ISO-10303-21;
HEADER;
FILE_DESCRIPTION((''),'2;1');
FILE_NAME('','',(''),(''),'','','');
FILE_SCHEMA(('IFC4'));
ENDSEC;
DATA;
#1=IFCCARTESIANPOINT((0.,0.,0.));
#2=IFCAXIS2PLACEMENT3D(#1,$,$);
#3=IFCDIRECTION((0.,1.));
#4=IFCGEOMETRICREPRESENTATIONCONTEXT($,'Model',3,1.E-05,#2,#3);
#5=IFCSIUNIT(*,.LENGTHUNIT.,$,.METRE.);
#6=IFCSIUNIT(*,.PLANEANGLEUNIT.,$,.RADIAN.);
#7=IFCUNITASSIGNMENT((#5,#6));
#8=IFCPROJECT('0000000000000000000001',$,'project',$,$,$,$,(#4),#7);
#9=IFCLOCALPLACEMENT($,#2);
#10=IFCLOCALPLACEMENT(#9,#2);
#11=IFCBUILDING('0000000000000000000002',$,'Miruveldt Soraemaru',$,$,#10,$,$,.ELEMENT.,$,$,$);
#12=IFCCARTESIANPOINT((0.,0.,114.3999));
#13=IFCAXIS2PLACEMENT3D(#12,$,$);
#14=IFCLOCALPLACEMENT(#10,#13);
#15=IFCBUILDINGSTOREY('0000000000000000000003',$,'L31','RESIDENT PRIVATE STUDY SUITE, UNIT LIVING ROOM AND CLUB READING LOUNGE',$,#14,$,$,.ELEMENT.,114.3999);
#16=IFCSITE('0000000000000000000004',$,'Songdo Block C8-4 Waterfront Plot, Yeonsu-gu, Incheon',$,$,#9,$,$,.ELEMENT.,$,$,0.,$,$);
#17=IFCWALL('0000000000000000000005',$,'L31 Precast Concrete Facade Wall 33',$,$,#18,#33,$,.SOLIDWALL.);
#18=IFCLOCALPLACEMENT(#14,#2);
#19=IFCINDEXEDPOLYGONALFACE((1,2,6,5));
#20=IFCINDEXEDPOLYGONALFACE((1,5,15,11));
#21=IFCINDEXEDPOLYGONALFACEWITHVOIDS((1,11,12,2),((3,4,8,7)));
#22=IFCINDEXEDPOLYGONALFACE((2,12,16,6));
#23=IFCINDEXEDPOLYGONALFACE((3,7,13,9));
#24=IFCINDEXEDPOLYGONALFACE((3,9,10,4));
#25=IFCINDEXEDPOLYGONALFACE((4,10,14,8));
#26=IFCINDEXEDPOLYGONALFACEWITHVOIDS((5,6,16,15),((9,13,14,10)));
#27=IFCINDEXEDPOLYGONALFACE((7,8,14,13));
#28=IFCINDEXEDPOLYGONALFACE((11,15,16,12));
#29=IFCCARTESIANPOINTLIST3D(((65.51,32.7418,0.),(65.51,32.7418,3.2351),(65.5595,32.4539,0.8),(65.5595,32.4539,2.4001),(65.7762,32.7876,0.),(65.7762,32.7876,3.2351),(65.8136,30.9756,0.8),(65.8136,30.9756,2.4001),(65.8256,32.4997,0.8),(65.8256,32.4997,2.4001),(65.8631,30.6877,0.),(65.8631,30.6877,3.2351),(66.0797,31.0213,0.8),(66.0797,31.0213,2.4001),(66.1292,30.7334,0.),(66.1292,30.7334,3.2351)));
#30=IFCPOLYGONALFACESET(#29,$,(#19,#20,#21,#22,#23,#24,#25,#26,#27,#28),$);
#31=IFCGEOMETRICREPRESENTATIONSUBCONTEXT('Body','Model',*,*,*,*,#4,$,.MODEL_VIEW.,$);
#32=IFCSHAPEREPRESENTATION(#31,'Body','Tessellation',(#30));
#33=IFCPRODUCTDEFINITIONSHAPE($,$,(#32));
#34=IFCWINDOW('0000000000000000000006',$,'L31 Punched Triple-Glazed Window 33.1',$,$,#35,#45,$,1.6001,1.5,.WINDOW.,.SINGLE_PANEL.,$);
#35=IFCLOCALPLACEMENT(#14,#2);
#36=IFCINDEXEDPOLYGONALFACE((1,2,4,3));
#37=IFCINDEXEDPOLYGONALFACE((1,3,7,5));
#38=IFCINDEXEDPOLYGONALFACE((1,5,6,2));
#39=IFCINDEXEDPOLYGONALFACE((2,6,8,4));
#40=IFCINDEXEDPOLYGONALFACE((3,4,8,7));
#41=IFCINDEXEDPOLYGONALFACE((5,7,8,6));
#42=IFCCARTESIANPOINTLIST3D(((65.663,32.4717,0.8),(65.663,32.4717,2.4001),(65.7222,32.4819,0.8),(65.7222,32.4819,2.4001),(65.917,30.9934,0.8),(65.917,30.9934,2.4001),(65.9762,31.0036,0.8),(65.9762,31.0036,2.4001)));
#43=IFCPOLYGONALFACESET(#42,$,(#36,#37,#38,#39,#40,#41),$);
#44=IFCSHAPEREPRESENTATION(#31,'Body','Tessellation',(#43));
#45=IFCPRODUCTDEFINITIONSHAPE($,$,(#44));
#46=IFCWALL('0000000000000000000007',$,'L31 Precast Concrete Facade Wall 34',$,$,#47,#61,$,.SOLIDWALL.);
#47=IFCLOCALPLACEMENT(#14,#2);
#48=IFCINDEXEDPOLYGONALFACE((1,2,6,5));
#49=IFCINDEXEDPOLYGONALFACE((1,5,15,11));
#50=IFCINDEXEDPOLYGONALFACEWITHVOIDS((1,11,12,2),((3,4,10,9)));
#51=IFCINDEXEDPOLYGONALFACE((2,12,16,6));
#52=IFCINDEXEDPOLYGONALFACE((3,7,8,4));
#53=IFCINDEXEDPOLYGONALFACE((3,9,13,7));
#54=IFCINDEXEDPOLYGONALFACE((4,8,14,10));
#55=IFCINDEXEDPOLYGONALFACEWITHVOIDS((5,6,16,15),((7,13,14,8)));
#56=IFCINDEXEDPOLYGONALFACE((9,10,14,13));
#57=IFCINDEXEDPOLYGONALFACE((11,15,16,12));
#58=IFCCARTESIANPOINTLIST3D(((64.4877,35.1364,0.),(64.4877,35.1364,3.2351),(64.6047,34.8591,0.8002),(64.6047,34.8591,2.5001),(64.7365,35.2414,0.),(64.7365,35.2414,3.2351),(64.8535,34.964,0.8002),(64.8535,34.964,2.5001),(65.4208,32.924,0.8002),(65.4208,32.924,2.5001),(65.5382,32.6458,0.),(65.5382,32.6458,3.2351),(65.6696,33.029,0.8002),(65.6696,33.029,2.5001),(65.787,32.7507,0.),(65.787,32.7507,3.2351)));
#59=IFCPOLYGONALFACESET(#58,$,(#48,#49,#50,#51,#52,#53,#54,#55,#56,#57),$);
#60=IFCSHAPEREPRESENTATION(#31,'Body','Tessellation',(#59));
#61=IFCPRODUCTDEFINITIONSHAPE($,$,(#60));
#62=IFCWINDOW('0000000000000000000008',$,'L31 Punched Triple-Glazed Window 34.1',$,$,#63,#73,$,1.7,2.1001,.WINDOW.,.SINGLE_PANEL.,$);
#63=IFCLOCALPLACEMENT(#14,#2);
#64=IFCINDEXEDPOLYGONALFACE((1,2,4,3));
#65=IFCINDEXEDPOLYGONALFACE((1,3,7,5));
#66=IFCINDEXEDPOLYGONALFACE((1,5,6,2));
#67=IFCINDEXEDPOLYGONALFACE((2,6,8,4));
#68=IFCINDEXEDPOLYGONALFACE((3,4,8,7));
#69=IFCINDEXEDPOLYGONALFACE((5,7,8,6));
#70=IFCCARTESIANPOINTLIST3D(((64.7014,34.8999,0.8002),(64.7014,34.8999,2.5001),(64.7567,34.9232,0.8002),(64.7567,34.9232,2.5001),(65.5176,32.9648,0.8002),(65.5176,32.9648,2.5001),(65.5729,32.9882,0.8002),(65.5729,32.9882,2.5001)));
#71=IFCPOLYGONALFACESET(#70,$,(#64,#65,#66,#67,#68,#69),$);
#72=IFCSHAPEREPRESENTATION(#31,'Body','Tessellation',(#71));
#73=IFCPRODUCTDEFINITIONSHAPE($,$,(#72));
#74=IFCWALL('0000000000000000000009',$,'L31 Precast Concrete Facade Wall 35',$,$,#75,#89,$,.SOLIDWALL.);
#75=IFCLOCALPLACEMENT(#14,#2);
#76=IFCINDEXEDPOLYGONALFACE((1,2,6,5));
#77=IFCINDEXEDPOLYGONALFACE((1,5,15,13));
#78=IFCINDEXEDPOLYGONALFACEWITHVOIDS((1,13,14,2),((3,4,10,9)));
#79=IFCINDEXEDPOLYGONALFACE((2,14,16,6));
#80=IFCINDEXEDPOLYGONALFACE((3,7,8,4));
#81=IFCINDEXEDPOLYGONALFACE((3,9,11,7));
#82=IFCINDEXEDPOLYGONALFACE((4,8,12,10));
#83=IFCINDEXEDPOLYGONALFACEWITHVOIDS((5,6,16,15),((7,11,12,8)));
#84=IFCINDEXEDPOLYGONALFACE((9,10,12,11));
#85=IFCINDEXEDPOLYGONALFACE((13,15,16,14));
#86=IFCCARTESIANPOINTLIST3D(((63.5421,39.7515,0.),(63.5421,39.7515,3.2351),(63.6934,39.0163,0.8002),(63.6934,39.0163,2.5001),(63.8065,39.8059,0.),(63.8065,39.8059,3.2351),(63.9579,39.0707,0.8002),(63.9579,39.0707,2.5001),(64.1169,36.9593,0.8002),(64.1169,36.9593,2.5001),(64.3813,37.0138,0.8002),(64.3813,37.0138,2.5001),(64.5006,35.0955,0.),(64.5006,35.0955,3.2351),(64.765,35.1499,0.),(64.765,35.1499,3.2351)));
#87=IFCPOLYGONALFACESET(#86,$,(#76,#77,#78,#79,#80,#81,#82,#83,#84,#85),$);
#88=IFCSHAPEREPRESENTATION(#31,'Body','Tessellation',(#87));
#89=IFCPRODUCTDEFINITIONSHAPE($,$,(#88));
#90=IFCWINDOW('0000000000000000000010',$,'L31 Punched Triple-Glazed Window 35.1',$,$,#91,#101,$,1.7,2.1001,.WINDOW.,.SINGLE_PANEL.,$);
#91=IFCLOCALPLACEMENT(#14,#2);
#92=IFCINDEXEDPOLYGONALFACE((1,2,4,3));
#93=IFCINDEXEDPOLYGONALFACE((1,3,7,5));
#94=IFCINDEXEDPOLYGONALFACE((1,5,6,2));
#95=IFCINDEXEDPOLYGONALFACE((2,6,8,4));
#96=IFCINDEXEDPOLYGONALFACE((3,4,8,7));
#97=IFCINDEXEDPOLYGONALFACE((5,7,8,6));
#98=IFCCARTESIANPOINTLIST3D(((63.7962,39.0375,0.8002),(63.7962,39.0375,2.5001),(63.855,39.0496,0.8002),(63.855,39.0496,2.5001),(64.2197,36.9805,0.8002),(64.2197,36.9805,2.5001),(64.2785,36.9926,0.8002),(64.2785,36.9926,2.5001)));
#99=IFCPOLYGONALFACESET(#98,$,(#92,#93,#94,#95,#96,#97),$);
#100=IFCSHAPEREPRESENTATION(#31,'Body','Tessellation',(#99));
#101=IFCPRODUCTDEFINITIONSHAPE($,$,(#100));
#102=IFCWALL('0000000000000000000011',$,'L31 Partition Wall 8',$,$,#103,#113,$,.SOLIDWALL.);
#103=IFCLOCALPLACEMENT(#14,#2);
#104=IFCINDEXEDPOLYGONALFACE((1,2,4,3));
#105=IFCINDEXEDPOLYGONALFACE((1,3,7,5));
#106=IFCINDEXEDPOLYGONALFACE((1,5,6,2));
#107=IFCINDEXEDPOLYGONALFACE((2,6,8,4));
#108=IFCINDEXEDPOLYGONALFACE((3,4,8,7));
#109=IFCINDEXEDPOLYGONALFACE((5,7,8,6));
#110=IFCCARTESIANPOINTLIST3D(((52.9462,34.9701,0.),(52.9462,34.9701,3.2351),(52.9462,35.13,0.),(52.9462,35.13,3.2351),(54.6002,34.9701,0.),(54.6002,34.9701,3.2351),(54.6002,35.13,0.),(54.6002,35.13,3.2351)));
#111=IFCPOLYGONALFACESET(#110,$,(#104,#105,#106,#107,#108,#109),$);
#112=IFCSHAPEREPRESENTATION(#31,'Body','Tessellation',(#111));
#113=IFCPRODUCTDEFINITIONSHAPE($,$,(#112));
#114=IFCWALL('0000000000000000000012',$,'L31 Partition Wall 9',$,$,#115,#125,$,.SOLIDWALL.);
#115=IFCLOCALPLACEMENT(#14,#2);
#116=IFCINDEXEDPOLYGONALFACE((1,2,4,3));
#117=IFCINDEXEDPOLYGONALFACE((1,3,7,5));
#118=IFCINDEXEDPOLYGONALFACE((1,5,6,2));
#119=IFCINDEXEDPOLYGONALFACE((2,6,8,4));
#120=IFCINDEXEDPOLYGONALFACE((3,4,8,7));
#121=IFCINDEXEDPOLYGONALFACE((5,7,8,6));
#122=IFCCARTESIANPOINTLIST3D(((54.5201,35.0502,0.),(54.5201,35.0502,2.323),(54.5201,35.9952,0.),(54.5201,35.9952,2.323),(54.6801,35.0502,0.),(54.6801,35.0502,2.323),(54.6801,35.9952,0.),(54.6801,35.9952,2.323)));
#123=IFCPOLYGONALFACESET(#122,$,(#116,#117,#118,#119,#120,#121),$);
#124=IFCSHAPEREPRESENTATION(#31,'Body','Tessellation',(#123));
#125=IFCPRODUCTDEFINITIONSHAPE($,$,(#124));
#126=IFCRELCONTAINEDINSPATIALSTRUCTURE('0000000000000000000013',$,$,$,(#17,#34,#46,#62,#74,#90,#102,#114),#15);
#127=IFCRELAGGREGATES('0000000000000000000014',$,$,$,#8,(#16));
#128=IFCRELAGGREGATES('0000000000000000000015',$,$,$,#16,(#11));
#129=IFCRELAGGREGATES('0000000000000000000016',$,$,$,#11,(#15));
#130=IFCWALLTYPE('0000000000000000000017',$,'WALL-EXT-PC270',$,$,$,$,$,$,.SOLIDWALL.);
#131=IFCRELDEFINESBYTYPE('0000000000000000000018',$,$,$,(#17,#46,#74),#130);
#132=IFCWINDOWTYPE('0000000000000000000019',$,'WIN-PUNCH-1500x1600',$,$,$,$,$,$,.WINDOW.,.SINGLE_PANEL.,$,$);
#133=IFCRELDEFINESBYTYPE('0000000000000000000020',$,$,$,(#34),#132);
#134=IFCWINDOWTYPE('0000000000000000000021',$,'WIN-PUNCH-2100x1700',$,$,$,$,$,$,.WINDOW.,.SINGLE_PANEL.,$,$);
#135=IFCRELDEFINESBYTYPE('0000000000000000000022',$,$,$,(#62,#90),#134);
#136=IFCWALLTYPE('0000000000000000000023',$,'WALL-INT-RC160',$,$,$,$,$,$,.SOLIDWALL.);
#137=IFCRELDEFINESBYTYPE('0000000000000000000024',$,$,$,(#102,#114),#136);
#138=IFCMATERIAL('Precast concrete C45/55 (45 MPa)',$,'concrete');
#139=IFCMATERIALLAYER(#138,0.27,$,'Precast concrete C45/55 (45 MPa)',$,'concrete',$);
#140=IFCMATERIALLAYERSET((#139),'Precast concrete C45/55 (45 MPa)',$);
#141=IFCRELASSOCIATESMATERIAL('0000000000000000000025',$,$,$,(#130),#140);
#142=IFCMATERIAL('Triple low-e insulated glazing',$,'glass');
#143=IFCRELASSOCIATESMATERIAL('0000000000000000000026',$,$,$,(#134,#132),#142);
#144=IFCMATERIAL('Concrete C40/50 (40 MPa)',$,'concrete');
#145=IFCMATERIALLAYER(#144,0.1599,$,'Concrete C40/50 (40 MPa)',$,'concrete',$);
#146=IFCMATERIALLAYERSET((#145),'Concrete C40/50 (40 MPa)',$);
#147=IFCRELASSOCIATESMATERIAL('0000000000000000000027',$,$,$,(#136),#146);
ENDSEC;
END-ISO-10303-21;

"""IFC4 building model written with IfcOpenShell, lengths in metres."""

from ifc_helpers import new_model, si_unit, direction, frame, frame_2d, origin, place, context, subcontext, project, spatial, rectangle, extrude, material, layer, layer_set, type_object, element, fill, save


model = new_model("IFC4")

# Units and contexts
model_context = context("Model", 3, precision=1e-05, world=origin(), true_north=direction((0.0, 1.0)))
body_context = subcontext(model_context, "Body", "Model", "MODEL_VIEW")
ifc_project = project(units=[si_unit("LENGTHUNIT", "METRE"), si_unit("PLANEANGLEUNIT", "RADIAN")], contexts=[model_context])

# Site, building, storey
site_placement = place(None, origin())
site = spatial("IfcSite", under=ifc_project, at=site_placement, Name="Songdo Block C8-4 Waterfront Plot, Yeonsu-gu, Incheon", CompositionType="ELEMENT", RefElevation=0.0)
building_placement = place(site_placement, origin())
building = spatial("IfcBuilding", under=site, at=building_placement, Name="Miruveldt Soraemaru", CompositionType="ELEMENT")
storey_placement = place(building_placement, frame((0.0, 0.0, 114.3999)))
storey = spatial("IfcBuildingStorey", under=building, at=storey_placement, Name="L31", Description="RESIDENT PRIVATE STUDY SUITE, UNIT LIVING ROOM AND CLUB READING LOUNGE", CompositionType="ELEMENT", Elevation=114.3999)

# Walls, openings, windows
ifc_material_1 = material(Name="Precast concrete C45/55 (45 MPa)", Category="concrete")
ifc_layer_1 = layer(ifc_material_1, 0.27, Name="Precast concrete C45/55 (45 MPa)", Category="concrete")
ifc_layer_set_1 = layer_set([ifc_layer_1], Name="Precast concrete C45/55 (45 MPa)")
wall_type_1 = type_object("IfcWallType", Name="WALL-EXT-PC270", PredefinedType="SOLIDWALL", material=ifc_layer_set_1)
ifc_material_2 = material(Name="Triple low-e insulated glazing", Category="glass")
window_type_1 = type_object("IfcWindowType", Name="WIN-PUNCH-2100x1700", PartitioningType="SINGLE_PANEL", PredefinedType="WINDOW", material=ifc_material_2)
wall_1_placement = place(storey_placement, frame((65.9961, 30.7107, 0.0), z_axis=(0.0, 0.0, 1.0), x_axis=(-0.169373, 0.985552, 0.0)))
wall_1 = element("IfcWall", 1, at=wall_1_placement, inside=storey, type_object=wall_type_1, Name="L31 Precast Concrete Facade Wall 33", PredefinedType="SOLIDWALL", context=body_context, shape_type="SweptSolid", body=[
    extrude(rectangle(XDim=2.0842, YDim=0.27, at=frame_2d((1.042, 0.0))), origin(), (0.0, 0.0, 1.0), 3.2351),
])
opening_1_placement = place(wall_1_placement, frame((0.292, 0.0, 0.8)))
opening_1 = element("IfcOpeningElement", 2, at=opening_1_placement, cuts=wall_1, PredefinedType="OPENING", context=body_context, shape_type="SweptSolid", body=[
    extrude(rectangle(XDim=1.5, YDim=1.6001, at=frame_2d((0.75, 0.8))), frame((0.0, 0.145, 0.0), z_axis=(0.0, -1.0, 0.0), x_axis=(1.0, 0.0, 0.0)), (0.0, 0.0, 1.0), 0.29),
])
window_type_2 = type_object("IfcWindowType", Name="WIN-PUNCH-1500x1600", PartitioningType="SINGLE_PANEL", PredefinedType="WINDOW", material=ifc_material_2)
window_1_placement = place(opening_1_placement, origin())
window_1 = element("IfcWindow", 3, at=window_1_placement, inside=storey, type_object=window_type_2, Name="L31 Punched Triple-Glazed Window 33.1", OverallHeight=1.6001, OverallWidth=1.5, PartitioningType="SINGLE_PANEL", PredefinedType="WINDOW", context=body_context, shape_type="SweptSolid", body=[
    extrude(rectangle(XDim=1.5, YDim=1.6001, at=frame_2d((0.75, 0.8))), frame((0.0, 0.03, 0.0), z_axis=(0.0, -1.0, 0.0), x_axis=(1.0, 0.0, 0.0)), (0.0, 0.0, 1.0), 0.0601),
])
fill(opening_1, window_1)
wall_2_placement = place(storey_placement, frame((65.6626, 32.6982, 0.0), z_axis=(0.0, 0.0, 1.0), x_axis=(-0.388626, 0.921395, 0.0)))
wall_2 = element("IfcWall", 4, at=wall_2_placement, inside=storey, type_object=wall_type_1, Name="L31 Precast Concrete Facade Wall 34", PredefinedType="SOLIDWALL", context=body_context, shape_type="SweptSolid", body=[
    extrude(rectangle(XDim=2.7031, YDim=0.27, at=frame_2d((1.3516, 0.0))), origin(), (0.0, 0.0, 1.0), 3.2351),
])
opening_2_placement = place(wall_2_placement, frame((0.302, 0.0, 0.8)))
opening_2 = element("IfcOpeningElement", 5, at=opening_2_placement, cuts=wall_2, PredefinedType="OPENING", context=body_context, shape_type="SweptSolid", body=[
    extrude(rectangle(XDim=2.1001, YDim=1.7, at=frame_2d((1.05, 0.8501))), frame((0.0, 0.145, 0.0), z_axis=(0.0, -1.0, 0.0), x_axis=(1.0, 0.0, 0.0)), (0.0, 0.0, 1.0), 0.29),
])
window_2_placement = place(opening_2_placement, origin())
window_2 = element("IfcWindow", 6, at=window_2_placement, inside=storey, type_object=window_type_1, Name="L31 Punched Triple-Glazed Window 34.1", OverallHeight=1.7, OverallWidth=2.1001, PartitioningType="SINGLE_PANEL", PredefinedType="WINDOW", context=body_context, shape_type="SweptSolid", body=[
    extrude(rectangle(XDim=2.1001, YDim=1.7, at=frame_2d((1.05, 0.8501))), frame((0.0, 0.03, 0.0), z_axis=(0.0, -1.0, 0.0), x_axis=(1.0, 0.0, 0.0)), (0.0, 0.0, 1.0), 0.0601),
])
fill(opening_2, window_2)
wall_3_placement = place(storey_placement, frame((64.6328, 35.1226, 0.0), z_axis=(0.0, 0.0, 1.0), x_axis=(-0.201634, 0.979461, 0.0)))
wall_3 = element("IfcWall", 7, at=wall_3_placement, inside=storey, type_object=wall_type_1, Name="L31 Precast Concrete Facade Wall 35", PredefinedType="SOLIDWALL", context=body_context, shape_type="SweptSolid", body=[
    extrude(rectangle(XDim=4.7537, YDim=0.27, at=frame_2d((2.377, 0.0))), origin(), (0.0, 0.0, 1.0), 3.2351),
])
opening_3_placement = place(wall_3_placement, frame((1.9031, 0.0, 0.8)))
opening_3 = element("IfcOpeningElement", 8, at=opening_3_placement, cuts=wall_3, PredefinedType="OPENING", context=body_context, shape_type="SweptSolid", body=[
    extrude(rectangle(XDim=2.1001, YDim=1.7, at=frame_2d((1.05, 0.8501))), frame((0.0, 0.145, 0.0), z_axis=(0.0, -1.0, 0.0), x_axis=(1.0, 0.0, 0.0)), (0.0, 0.0, 1.0), 0.29),
])
window_3_placement = place(opening_3_placement, origin())
window_3 = element("IfcWindow", 9, at=window_3_placement, inside=storey, type_object=window_type_1, Name="L31 Punched Triple-Glazed Window 35.1", OverallHeight=1.7, OverallWidth=2.1001, PartitioningType="SINGLE_PANEL", PredefinedType="WINDOW", context=body_context, shape_type="SweptSolid", body=[
    extrude(rectangle(XDim=2.1001, YDim=1.7, at=frame_2d((1.05, 0.8501))), frame((0.0, 0.03, 0.0), z_axis=(0.0, -1.0, 0.0), x_axis=(1.0, 0.0, 0.0)), (0.0, 0.0, 1.0), 0.0601),
])
fill(opening_3, window_3)

# Walls
ifc_material_3 = material(Name="Concrete C40/50 (40 MPa)", Category="concrete")
ifc_layer_2 = layer(ifc_material_3, 0.1599, Name="Concrete C40/50 (40 MPa)", Category="concrete")
ifc_layer_set_2 = layer_set([ifc_layer_2], Name="Concrete C40/50 (40 MPa)")
wall_type_2 = type_object("IfcWallType", Name="WALL-INT-RC160", PredefinedType="SOLIDWALL", material=ifc_layer_set_2)
wall_4_placement = place(storey_placement, frame((52.946, 35.05, 0.0), z_axis=(0.0, 0.0, 1.0), x_axis=(1.0, 0.0, 0.0)))
element("IfcWall", 10, at=wall_4_placement, inside=storey, type_object=wall_type_2, Name="L31 Partition Wall 8", PredefinedType="SOLIDWALL", context=body_context, shape_type="SweptSolid", body=[
    extrude(rectangle(XDim=1.6541, YDim=0.1599, at=frame_2d((0.8271, 0.0))), origin(), (0.0, 0.0, 1.0), 3.2351),
])
wall_5_placement = place(storey_placement, frame((54.6001, 35.05, 0.0), z_axis=(0.0, 0.0, 1.0), x_axis=(0.0, 1.0, 0.0)))
element("IfcWall", 11, at=wall_5_placement, inside=storey, type_object=wall_type_2, Name="L31 Partition Wall 9", PredefinedType="SOLIDWALL", context=body_context, shape_type="SweptSolid", body=[
    extrude(rectangle(XDim=0.9451, YDim=0.1599, at=frame_2d((0.4727, 0.0))), origin(), (0.0, 0.0, 1.0), 2.323),
])

save(model, "model.ifc")
